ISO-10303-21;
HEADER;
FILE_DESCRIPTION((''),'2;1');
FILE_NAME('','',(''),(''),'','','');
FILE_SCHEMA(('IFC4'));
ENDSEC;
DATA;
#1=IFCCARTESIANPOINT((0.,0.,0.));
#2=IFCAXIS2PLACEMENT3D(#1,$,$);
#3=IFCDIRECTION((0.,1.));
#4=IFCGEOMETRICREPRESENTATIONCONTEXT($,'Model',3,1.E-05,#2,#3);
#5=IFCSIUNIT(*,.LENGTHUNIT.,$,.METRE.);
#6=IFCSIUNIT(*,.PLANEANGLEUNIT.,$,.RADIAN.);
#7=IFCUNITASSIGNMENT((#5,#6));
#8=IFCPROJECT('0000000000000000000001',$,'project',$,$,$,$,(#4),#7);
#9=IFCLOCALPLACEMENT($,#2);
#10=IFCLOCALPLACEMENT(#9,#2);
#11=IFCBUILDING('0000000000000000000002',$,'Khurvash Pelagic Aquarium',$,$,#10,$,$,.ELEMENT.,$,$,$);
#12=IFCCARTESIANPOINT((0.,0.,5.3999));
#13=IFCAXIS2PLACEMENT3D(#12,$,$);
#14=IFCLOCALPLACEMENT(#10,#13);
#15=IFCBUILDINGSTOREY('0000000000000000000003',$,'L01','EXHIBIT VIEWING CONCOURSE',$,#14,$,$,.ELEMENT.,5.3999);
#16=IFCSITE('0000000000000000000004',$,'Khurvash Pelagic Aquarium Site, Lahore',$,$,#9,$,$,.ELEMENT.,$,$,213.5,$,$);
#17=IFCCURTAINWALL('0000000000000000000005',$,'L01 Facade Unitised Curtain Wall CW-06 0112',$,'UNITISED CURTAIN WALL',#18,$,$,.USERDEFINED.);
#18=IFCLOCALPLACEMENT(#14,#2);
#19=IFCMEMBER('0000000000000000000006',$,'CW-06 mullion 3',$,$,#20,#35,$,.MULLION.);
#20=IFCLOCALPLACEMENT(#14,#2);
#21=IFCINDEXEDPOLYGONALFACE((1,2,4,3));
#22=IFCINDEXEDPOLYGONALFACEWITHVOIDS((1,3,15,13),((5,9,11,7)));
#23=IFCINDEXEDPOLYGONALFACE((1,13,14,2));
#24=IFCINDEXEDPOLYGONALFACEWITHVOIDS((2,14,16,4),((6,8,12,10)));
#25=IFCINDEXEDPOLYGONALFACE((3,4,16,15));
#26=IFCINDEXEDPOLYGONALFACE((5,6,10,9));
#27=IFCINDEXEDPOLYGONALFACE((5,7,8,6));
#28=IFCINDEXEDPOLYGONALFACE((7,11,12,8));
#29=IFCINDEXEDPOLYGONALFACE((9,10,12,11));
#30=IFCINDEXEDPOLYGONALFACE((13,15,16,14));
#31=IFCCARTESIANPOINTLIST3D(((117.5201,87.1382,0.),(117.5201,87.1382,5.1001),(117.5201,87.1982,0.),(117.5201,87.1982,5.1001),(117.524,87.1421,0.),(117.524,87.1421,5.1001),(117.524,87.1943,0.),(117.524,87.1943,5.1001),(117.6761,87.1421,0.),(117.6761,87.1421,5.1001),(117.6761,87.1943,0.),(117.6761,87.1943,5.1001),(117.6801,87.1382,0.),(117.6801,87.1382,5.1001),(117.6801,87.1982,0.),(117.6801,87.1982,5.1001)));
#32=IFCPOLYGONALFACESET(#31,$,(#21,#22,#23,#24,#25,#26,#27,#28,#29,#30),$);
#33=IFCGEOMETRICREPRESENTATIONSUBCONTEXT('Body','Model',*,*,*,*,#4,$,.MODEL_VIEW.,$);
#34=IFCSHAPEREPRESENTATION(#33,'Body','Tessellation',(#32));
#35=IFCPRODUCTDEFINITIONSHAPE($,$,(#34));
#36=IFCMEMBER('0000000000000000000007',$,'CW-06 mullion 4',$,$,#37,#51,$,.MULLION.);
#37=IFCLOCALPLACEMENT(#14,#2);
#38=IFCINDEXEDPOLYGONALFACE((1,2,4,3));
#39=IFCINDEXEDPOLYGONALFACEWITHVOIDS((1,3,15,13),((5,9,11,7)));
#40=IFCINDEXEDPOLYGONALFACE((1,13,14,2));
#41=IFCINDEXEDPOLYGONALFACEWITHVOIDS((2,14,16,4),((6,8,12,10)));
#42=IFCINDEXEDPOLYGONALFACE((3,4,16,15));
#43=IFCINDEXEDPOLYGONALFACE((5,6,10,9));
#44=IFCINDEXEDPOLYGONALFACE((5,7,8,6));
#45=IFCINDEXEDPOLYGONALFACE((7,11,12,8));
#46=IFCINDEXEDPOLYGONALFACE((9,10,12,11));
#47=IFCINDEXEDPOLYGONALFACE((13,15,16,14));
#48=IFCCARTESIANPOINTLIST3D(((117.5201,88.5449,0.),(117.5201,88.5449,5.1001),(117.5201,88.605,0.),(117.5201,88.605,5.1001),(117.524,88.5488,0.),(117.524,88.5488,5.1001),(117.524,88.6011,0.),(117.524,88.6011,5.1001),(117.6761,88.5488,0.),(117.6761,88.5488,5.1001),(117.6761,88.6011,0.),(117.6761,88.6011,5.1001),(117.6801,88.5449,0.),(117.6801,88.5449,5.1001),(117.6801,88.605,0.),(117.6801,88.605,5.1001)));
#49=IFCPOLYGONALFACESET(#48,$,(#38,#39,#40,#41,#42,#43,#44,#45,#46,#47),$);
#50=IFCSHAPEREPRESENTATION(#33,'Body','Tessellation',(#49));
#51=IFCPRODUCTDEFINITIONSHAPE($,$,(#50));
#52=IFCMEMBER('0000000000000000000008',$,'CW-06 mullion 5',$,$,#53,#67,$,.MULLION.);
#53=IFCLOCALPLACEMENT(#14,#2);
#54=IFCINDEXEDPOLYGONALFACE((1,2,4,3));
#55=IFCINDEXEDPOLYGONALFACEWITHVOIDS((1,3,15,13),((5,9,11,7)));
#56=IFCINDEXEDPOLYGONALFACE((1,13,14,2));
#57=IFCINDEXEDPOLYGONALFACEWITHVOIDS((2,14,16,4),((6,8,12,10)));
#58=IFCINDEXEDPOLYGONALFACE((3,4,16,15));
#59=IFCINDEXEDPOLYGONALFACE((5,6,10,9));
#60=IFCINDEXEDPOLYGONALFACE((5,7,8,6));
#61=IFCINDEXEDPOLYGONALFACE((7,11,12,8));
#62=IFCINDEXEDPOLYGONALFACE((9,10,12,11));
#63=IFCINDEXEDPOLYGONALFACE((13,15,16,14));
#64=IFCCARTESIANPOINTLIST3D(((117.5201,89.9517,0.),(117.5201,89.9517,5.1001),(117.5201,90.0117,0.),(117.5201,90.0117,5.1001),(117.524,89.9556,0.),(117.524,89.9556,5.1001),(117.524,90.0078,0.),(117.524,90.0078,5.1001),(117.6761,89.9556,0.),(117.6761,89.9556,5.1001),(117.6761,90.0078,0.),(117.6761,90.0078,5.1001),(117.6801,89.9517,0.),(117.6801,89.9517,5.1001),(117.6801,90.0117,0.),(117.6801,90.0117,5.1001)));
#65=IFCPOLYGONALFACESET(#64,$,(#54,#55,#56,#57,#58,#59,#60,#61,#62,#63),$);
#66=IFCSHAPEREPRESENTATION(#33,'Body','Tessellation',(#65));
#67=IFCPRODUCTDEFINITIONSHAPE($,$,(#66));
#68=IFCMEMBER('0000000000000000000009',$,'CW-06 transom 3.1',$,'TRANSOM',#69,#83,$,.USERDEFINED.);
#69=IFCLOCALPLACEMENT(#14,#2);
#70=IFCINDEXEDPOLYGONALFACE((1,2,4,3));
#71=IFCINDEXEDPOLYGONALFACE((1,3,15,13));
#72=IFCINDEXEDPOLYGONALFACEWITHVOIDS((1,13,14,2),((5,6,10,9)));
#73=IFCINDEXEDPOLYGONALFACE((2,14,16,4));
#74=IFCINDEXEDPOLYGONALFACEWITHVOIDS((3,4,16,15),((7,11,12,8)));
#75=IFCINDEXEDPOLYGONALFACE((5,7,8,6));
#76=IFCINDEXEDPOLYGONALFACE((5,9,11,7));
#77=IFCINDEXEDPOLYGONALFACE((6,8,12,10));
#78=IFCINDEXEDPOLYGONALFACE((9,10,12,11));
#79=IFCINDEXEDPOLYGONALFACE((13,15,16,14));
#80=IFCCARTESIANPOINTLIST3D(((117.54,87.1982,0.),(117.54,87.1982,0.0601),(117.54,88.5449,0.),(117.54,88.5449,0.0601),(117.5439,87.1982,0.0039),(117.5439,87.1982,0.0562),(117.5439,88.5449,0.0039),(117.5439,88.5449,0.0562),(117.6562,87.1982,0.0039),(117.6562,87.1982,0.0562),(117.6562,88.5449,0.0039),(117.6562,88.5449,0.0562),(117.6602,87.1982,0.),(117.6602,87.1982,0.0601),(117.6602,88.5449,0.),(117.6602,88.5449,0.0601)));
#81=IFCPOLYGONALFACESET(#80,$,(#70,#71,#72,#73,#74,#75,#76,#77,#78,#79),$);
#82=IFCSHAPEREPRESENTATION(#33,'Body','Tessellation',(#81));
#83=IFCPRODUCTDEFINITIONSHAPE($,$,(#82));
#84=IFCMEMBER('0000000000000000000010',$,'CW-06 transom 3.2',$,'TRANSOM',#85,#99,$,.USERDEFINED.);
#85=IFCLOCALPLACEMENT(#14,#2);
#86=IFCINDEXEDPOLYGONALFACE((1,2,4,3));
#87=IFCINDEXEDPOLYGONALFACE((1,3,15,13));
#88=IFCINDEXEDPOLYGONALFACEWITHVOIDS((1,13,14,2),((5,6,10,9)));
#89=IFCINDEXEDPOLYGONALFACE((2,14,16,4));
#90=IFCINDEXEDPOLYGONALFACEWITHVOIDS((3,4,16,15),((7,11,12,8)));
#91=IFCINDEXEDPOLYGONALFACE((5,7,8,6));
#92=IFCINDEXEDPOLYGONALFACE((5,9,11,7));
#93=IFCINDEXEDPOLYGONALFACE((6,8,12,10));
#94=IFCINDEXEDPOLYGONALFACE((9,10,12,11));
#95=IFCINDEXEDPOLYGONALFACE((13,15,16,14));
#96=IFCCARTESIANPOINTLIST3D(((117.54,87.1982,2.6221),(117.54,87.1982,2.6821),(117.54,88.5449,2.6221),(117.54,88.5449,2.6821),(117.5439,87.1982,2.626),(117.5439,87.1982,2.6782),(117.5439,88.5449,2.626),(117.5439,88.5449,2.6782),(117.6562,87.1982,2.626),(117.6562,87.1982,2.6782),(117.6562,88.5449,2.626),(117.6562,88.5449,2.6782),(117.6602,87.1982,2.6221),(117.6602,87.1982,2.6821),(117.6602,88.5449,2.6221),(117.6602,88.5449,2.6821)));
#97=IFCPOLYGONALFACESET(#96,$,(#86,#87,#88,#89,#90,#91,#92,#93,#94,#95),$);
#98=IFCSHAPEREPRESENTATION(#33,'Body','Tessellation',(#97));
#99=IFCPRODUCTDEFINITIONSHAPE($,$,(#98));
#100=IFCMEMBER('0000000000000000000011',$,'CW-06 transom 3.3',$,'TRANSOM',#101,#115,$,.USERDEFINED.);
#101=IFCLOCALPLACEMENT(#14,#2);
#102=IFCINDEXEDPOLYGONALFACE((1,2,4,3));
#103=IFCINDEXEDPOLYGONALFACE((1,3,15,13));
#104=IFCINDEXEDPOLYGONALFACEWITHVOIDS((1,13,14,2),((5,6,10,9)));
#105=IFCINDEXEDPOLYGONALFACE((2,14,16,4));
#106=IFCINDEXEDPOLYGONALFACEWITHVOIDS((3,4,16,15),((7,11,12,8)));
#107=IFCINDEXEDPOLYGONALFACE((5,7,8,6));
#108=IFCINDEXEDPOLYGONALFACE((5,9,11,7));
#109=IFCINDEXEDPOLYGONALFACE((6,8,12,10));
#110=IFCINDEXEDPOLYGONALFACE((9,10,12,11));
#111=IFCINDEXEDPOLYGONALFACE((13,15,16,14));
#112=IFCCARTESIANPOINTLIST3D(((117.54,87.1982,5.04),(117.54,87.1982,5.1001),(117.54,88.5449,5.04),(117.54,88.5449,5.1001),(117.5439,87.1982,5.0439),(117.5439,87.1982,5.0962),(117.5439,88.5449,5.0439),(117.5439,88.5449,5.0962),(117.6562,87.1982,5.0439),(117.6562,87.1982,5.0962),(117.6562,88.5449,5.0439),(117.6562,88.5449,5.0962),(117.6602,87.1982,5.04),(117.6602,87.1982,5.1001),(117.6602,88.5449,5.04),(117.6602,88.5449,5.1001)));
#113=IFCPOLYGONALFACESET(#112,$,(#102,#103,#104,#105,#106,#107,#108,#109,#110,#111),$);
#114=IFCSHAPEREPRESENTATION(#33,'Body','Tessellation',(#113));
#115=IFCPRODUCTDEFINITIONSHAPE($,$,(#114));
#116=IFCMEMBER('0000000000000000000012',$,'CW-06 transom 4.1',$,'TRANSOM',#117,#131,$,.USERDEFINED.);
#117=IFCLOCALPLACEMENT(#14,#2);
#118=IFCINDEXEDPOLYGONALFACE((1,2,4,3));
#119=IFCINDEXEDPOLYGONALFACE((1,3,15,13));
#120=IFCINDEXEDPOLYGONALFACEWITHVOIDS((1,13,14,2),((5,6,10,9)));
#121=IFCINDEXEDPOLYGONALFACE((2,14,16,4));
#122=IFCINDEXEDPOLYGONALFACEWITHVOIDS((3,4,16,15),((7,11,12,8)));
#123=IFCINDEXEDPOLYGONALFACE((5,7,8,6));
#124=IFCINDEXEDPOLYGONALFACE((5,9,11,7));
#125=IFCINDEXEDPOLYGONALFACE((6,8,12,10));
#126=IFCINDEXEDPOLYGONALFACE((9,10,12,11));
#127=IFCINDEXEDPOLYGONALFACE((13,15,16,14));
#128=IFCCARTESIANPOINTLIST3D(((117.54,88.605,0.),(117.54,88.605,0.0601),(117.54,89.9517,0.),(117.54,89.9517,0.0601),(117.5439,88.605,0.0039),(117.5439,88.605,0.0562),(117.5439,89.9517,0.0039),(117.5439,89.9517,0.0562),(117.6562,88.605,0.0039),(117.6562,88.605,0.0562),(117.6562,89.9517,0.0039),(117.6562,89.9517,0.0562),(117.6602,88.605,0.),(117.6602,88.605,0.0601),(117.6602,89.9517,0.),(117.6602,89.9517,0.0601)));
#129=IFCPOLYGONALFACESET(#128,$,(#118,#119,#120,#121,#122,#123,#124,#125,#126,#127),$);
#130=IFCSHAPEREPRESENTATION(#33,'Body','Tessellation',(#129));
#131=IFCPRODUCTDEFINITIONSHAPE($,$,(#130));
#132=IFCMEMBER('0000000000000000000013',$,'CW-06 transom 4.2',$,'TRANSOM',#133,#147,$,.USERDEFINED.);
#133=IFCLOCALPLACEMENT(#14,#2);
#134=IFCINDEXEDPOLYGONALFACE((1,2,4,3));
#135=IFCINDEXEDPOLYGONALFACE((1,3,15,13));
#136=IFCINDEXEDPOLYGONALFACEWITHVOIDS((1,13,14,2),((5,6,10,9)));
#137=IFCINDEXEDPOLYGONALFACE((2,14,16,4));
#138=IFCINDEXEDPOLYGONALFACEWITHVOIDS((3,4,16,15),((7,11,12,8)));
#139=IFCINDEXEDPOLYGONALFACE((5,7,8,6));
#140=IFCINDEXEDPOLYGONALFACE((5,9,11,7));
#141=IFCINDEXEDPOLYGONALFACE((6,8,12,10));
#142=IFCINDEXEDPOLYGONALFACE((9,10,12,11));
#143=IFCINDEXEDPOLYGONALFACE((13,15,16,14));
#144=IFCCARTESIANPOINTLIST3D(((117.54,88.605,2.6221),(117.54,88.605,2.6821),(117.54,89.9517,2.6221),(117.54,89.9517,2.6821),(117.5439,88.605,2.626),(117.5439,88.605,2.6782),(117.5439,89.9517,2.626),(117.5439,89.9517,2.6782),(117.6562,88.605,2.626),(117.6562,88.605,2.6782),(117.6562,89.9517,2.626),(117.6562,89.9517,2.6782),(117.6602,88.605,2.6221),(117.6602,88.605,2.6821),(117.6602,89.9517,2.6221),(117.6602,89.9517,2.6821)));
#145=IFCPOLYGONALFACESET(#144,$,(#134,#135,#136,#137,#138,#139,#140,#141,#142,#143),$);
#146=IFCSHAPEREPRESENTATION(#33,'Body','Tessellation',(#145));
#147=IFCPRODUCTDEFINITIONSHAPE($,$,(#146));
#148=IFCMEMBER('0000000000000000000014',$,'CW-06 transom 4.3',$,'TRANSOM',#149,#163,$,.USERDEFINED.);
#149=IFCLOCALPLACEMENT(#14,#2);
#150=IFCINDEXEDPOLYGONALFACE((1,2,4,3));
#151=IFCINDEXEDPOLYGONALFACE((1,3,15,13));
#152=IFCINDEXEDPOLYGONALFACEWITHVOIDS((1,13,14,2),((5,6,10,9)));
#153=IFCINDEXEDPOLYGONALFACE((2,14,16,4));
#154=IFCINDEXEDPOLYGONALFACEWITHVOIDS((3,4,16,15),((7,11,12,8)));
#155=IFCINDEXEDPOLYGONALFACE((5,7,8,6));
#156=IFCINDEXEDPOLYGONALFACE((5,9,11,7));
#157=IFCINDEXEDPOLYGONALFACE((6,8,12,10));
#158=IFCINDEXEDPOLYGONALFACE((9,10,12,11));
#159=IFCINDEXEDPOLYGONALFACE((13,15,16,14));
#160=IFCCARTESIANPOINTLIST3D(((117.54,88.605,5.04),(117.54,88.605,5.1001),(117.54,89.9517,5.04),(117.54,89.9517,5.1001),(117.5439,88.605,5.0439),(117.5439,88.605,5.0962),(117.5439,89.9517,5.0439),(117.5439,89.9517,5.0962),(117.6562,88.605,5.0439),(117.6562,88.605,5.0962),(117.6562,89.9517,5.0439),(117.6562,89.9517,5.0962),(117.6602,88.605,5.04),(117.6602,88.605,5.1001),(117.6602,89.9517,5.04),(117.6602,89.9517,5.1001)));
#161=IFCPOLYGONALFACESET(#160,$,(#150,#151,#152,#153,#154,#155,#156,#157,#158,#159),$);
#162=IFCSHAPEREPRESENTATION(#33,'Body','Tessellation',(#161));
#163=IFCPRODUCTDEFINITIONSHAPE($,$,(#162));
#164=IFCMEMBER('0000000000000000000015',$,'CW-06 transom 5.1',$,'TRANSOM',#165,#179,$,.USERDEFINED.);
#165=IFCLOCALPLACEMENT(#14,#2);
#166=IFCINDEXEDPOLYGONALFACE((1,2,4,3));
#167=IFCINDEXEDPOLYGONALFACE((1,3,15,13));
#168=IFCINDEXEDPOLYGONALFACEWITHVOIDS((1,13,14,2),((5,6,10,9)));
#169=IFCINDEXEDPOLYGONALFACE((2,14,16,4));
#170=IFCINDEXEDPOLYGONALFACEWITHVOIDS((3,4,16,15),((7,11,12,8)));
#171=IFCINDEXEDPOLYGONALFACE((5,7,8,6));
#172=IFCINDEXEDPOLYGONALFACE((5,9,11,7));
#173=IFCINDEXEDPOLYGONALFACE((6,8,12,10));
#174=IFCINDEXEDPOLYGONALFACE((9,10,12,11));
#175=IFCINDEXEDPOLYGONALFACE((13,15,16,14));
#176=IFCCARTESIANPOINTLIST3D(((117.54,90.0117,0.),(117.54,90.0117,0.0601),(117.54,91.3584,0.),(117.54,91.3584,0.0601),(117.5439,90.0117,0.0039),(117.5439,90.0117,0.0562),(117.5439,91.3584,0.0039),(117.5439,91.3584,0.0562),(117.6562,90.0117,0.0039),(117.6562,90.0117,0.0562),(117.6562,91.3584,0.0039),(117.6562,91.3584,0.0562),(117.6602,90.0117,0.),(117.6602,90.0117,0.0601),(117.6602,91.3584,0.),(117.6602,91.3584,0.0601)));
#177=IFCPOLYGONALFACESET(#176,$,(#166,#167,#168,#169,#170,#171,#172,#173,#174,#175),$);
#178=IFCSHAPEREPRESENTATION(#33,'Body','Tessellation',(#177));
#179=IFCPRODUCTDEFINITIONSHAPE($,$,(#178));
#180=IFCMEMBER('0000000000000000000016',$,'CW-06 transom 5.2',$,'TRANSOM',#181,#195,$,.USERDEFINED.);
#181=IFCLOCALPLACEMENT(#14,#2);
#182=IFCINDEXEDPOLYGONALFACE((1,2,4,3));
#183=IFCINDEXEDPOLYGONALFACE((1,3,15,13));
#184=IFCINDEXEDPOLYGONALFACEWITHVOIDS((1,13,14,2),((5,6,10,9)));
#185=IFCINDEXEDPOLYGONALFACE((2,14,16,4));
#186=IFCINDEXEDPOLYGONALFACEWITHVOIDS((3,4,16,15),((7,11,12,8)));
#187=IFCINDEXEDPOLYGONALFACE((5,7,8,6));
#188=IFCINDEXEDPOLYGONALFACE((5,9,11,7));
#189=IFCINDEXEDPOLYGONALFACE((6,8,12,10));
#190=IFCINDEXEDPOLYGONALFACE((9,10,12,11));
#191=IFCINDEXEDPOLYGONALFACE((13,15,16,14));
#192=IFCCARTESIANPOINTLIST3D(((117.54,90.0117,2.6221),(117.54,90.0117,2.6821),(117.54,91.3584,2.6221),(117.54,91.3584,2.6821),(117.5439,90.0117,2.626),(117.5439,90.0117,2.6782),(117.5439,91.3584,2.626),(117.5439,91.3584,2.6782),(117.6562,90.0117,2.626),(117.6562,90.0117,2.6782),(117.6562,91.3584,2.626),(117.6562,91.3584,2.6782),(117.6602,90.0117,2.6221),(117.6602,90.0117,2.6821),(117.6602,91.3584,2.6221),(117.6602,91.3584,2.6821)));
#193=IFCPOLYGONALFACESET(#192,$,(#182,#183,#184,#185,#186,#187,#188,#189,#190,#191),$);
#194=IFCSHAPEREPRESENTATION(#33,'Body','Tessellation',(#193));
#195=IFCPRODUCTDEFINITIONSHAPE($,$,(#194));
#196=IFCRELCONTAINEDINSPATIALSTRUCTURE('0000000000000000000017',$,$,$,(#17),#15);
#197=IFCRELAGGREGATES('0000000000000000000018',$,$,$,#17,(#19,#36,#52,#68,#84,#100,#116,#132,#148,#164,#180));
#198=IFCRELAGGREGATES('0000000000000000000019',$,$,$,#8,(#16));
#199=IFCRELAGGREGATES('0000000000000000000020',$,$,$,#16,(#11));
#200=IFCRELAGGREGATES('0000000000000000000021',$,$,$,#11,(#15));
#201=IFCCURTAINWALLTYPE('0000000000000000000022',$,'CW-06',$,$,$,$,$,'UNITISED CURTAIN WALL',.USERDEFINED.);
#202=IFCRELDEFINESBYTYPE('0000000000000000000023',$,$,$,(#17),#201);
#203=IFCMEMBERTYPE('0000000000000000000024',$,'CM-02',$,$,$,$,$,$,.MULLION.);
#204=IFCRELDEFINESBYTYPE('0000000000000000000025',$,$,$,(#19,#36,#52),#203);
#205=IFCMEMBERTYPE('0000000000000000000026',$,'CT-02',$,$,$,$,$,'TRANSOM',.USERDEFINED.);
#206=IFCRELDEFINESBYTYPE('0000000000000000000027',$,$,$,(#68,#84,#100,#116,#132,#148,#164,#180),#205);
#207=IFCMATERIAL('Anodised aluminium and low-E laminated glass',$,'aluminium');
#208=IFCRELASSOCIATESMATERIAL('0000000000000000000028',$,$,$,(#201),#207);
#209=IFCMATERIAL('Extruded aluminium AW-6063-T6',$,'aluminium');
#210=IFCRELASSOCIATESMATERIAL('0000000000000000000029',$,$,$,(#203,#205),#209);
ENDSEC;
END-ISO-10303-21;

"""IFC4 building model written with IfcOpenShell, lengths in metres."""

from ifc_helpers import new_model, si_unit, direction, frame, origin, origin_2d, place, context, subcontext, project, spatial, hollow_rectangle, extrude, material, material_profile, profile_set, type_object, element, aggregate, save


model = new_model("IFC4")

# Units and contexts
model_context = context("Model", 3, precision=1e-05, world=origin(), true_north=direction((0.0, 1.0)))
body_context = subcontext(model_context, "Body", "Model", "MODEL_VIEW")
ifc_project = project(units=[si_unit("LENGTHUNIT", "METRE"), si_unit("PLANEANGLEUNIT", "RADIAN")], contexts=[model_context])

# Site, building, storey
site_placement = place(None, origin())
site = spatial("IfcSite", under=ifc_project, at=site_placement, Name="Khurvash Pelagic Aquarium Site, Lahore", CompositionType="ELEMENT", RefElevation=213.5)
building_placement = place(site_placement, origin())
building = spatial("IfcBuilding", under=site, at=building_placement, Name="Khurvash Pelagic Aquarium", CompositionType="ELEMENT")
storey_placement = place(building_placement, frame((0.0, 0.0, 5.3999)))
storey = spatial("IfcBuildingStorey", under=building, at=storey_placement, Name="L01", Description="EXHIBIT VIEWING CONCOURSE", CompositionType="ELEMENT", Elevation=5.3999)

# Curtain wall, members
ifc_material_1 = material(Name="Anodised aluminium and low-E laminated glass", Category="aluminium")
curtain_wall_type = type_object("IfcCurtainWallType", Name="CW-06", ElementType="UNITISED CURTAIN WALL", PredefinedType="USERDEFINED", material=ifc_material_1)
curtain_wall_placement = place(storey_placement, origin())
curtain_wall = element("IfcCurtainWall", 1, at=curtain_wall_placement, inside=storey, type_object=curtain_wall_type, Name="L01 Facade Unitised Curtain Wall CW-06 0112", ObjectType="UNITISED CURTAIN WALL", PredefinedType="USERDEFINED")
ifc_material_2 = material(Name="Extruded aluminium AW-6063-T6", Category="aluminium")
ifc_material_profile_1 = material_profile(ifc_material_2, hollow_rectangle(XDim=0.0601, YDim=0.1599, WallThickness=0.0039, at=origin_2d()), Name="CWM60X160X4")
ifc_profile_set_1 = profile_set([ifc_material_profile_1], Name="Extruded aluminium AW-6063-T6")
member_type_1 = type_object("IfcMemberType", Name="CM-02", PredefinedType="MULLION", material=ifc_profile_set_1)
member_1_placement = place(storey_placement, frame((117.6001, 87.1682, 0.0), z_axis=(0.0, 0.0, 1.0), x_axis=(0.0, 1.0, 0.0)))
member_1 = element("IfcMember", 2, at=member_1_placement, type_object=member_type_1, Name="CW-06 mullion 3", PredefinedType="MULLION", context=body_context, shape_type="SweptSolid", body=[
    extrude(hollow_rectangle(XDim=0.0601, YDim=0.1599, WallThickness=0.0039, at=origin_2d()), origin(), (0.0, 0.0, 1.0), 5.1001),
])
member_2_placement = place(storey_placement, frame((117.6001, 88.575, 0.0), z_axis=(0.0, 0.0, 1.0), x_axis=(0.0, 1.0, 0.0)))
member_2 = element("IfcMember", 3, at=member_2_placement, type_object=member_type_1, Name="CW-06 mullion 4", PredefinedType="MULLION", context=body_context, shape_type="SweptSolid", body=[
    extrude(hollow_rectangle(XDim=0.0601, YDim=0.1599, WallThickness=0.0039, at=origin_2d()), origin(), (0.0, 0.0, 1.0), 5.1001),
])
member_3_placement = place(storey_placement, frame((117.6001, 89.9817, 0.0), z_axis=(0.0, 0.0, 1.0), x_axis=(0.0, 1.0, 0.0)))
member_3 = element("IfcMember", 4, at=member_3_placement, type_object=member_type_1, Name="CW-06 mullion 5", PredefinedType="MULLION", context=body_context, shape_type="SweptSolid", body=[
    extrude(hollow_rectangle(XDim=0.0601, YDim=0.1599, WallThickness=0.0039, at=origin_2d()), origin(), (0.0, 0.0, 1.0), 5.1001),
])
ifc_material_profile_2 = material_profile(ifc_material_2, hollow_rectangle(XDim=0.1201, YDim=0.0601, WallThickness=0.0039, at=origin_2d()), Name="CWT120X60X4")
ifc_profile_set_2 = profile_set([ifc_material_profile_2], Name="Extruded aluminium AW-6063-T6")
member_type_2 = type_object("IfcMemberType", Name="CT-02", ElementType="TRANSOM", PredefinedType="USERDEFINED", material=ifc_profile_set_2)
member_4_placement = place(storey_placement, frame((117.6001, 87.1982, 0.03), z_axis=(0.0, 1.0, 0.0), x_axis=(-1.0, 0.0, 0.0)))
member_4 = element("IfcMember", 5, at=member_4_placement, type_object=member_type_2, Name="CW-06 transom 3.1", ObjectType="TRANSOM", PredefinedType="USERDEFINED", context=body_context, shape_type="SweptSolid", body=[
    extrude(hollow_rectangle(XDim=0.1201, YDim=0.0601, WallThickness=0.0039, at=origin_2d()), origin(), (0.0, 0.0, 1.0), 1.3467),
])
member_5_placement = place(storey_placement, frame((117.6001, 87.1982, 2.6521), z_axis=(0.0, 1.0, 0.0), x_axis=(-1.0, 0.0, 0.0)))
member_5 = element("IfcMember", 6, at=member_5_placement, type_object=member_type_2, Name="CW-06 transom 3.2", ObjectType="TRANSOM", PredefinedType="USERDEFINED", context=body_context, shape_type="SweptSolid", body=[
    extrude(hollow_rectangle(XDim=0.1201, YDim=0.0601, WallThickness=0.0039, at=origin_2d()), origin(), (0.0, 0.0, 1.0), 1.3467),
])
member_6_placement = place(storey_placement, frame((117.6001, 87.1982, 5.0701), z_axis=(0.0, 1.0, 0.0), x_axis=(-1.0, 0.0, 0.0)))
member_6 = element("IfcMember", 7, at=member_6_placement, type_object=member_type_2, Name="CW-06 transom 3.3", ObjectType="TRANSOM", PredefinedType="USERDEFINED", context=body_context, shape_type="SweptSolid", body=[
    extrude(hollow_rectangle(XDim=0.1201, YDim=0.0601, WallThickness=0.0039, at=origin_2d()), origin(), (0.0, 0.0, 1.0), 1.3467),
])
member_7_placement = place(storey_placement, frame((117.6001, 88.605, 0.03), z_axis=(0.0, 1.0, 0.0), x_axis=(-1.0, 0.0, 0.0)))
member_7 = element("IfcMember", 8, at=member_7_placement, type_object=member_type_2, Name="CW-06 transom 4.1", ObjectType="TRANSOM", PredefinedType="USERDEFINED", context=body_context, shape_type="SweptSolid", body=[
    extrude(hollow_rectangle(XDim=0.1201, YDim=0.0601, WallThickness=0.0039, at=origin_2d()), origin(), (0.0, 0.0, 1.0), 1.3467),
])
member_8_placement = place(storey_placement, frame((117.6001, 88.605, 2.6521), z_axis=(0.0, 1.0, 0.0), x_axis=(-1.0, 0.0, 0.0)))
member_8 = element("IfcMember", 9, at=member_8_placement, type_object=member_type_2, Name="CW-06 transom 4.2", ObjectType="TRANSOM", PredefinedType="USERDEFINED", context=body_context, shape_type="SweptSolid", body=[
    extrude(hollow_rectangle(XDim=0.1201, YDim=0.0601, WallThickness=0.0039, at=origin_2d()), origin(), (0.0, 0.0, 1.0), 1.3467),
])
member_9_placement = place(storey_placement, frame((117.6001, 88.605, 5.0701), z_axis=(0.0, 1.0, 0.0), x_axis=(-1.0, 0.0, 0.0)))
member_9 = element("IfcMember", 10, at=member_9_placement, type_object=member_type_2, Name="CW-06 transom 4.3", ObjectType="TRANSOM", PredefinedType="USERDEFINED", context=body_context, shape_type="SweptSolid", body=[
    extrude(hollow_rectangle(XDim=0.1201, YDim=0.0601, WallThickness=0.0039, at=origin_2d()), origin(), (0.0, 0.0, 1.0), 1.3467),
])
member_10_placement = place(storey_placement, frame((117.6001, 90.0117, 0.03), z_axis=(0.0, 1.0, 0.0), x_axis=(-1.0, 0.0, 0.0)))
member_10 = element("IfcMember", 11, at=member_10_placement, type_object=member_type_2, Name="CW-06 transom 5.1", ObjectType="TRANSOM", PredefinedType="USERDEFINED", context=body_context, shape_type="SweptSolid", body=[
    extrude(hollow_rectangle(XDim=0.1201, YDim=0.0601, WallThickness=0.0039, at=origin_2d()), origin(), (0.0, 0.0, 1.0), 1.3467),
])
member_11_placement = place(storey_placement, frame((117.6001, 90.0117, 2.6521), z_axis=(0.0, 1.0, 0.0), x_axis=(-1.0, 0.0, 0.0)))
member_11 = element("IfcMember", 12, at=member_11_placement, type_object=member_type_2, Name="CW-06 transom 5.2", ObjectType="TRANSOM", PredefinedType="USERDEFINED", context=body_context, shape_type="SweptSolid", body=[
    extrude(hollow_rectangle(XDim=0.1201, YDim=0.0601, WallThickness=0.0039, at=origin_2d()), origin(), (0.0, 0.0, 1.0), 1.3467),
])
aggregate(curtain_wall, [member_1, member_2, member_3, member_4, member_5, member_6, member_7, member_8, member_9, member_10, member_11])

save(model, "model.ifc")
